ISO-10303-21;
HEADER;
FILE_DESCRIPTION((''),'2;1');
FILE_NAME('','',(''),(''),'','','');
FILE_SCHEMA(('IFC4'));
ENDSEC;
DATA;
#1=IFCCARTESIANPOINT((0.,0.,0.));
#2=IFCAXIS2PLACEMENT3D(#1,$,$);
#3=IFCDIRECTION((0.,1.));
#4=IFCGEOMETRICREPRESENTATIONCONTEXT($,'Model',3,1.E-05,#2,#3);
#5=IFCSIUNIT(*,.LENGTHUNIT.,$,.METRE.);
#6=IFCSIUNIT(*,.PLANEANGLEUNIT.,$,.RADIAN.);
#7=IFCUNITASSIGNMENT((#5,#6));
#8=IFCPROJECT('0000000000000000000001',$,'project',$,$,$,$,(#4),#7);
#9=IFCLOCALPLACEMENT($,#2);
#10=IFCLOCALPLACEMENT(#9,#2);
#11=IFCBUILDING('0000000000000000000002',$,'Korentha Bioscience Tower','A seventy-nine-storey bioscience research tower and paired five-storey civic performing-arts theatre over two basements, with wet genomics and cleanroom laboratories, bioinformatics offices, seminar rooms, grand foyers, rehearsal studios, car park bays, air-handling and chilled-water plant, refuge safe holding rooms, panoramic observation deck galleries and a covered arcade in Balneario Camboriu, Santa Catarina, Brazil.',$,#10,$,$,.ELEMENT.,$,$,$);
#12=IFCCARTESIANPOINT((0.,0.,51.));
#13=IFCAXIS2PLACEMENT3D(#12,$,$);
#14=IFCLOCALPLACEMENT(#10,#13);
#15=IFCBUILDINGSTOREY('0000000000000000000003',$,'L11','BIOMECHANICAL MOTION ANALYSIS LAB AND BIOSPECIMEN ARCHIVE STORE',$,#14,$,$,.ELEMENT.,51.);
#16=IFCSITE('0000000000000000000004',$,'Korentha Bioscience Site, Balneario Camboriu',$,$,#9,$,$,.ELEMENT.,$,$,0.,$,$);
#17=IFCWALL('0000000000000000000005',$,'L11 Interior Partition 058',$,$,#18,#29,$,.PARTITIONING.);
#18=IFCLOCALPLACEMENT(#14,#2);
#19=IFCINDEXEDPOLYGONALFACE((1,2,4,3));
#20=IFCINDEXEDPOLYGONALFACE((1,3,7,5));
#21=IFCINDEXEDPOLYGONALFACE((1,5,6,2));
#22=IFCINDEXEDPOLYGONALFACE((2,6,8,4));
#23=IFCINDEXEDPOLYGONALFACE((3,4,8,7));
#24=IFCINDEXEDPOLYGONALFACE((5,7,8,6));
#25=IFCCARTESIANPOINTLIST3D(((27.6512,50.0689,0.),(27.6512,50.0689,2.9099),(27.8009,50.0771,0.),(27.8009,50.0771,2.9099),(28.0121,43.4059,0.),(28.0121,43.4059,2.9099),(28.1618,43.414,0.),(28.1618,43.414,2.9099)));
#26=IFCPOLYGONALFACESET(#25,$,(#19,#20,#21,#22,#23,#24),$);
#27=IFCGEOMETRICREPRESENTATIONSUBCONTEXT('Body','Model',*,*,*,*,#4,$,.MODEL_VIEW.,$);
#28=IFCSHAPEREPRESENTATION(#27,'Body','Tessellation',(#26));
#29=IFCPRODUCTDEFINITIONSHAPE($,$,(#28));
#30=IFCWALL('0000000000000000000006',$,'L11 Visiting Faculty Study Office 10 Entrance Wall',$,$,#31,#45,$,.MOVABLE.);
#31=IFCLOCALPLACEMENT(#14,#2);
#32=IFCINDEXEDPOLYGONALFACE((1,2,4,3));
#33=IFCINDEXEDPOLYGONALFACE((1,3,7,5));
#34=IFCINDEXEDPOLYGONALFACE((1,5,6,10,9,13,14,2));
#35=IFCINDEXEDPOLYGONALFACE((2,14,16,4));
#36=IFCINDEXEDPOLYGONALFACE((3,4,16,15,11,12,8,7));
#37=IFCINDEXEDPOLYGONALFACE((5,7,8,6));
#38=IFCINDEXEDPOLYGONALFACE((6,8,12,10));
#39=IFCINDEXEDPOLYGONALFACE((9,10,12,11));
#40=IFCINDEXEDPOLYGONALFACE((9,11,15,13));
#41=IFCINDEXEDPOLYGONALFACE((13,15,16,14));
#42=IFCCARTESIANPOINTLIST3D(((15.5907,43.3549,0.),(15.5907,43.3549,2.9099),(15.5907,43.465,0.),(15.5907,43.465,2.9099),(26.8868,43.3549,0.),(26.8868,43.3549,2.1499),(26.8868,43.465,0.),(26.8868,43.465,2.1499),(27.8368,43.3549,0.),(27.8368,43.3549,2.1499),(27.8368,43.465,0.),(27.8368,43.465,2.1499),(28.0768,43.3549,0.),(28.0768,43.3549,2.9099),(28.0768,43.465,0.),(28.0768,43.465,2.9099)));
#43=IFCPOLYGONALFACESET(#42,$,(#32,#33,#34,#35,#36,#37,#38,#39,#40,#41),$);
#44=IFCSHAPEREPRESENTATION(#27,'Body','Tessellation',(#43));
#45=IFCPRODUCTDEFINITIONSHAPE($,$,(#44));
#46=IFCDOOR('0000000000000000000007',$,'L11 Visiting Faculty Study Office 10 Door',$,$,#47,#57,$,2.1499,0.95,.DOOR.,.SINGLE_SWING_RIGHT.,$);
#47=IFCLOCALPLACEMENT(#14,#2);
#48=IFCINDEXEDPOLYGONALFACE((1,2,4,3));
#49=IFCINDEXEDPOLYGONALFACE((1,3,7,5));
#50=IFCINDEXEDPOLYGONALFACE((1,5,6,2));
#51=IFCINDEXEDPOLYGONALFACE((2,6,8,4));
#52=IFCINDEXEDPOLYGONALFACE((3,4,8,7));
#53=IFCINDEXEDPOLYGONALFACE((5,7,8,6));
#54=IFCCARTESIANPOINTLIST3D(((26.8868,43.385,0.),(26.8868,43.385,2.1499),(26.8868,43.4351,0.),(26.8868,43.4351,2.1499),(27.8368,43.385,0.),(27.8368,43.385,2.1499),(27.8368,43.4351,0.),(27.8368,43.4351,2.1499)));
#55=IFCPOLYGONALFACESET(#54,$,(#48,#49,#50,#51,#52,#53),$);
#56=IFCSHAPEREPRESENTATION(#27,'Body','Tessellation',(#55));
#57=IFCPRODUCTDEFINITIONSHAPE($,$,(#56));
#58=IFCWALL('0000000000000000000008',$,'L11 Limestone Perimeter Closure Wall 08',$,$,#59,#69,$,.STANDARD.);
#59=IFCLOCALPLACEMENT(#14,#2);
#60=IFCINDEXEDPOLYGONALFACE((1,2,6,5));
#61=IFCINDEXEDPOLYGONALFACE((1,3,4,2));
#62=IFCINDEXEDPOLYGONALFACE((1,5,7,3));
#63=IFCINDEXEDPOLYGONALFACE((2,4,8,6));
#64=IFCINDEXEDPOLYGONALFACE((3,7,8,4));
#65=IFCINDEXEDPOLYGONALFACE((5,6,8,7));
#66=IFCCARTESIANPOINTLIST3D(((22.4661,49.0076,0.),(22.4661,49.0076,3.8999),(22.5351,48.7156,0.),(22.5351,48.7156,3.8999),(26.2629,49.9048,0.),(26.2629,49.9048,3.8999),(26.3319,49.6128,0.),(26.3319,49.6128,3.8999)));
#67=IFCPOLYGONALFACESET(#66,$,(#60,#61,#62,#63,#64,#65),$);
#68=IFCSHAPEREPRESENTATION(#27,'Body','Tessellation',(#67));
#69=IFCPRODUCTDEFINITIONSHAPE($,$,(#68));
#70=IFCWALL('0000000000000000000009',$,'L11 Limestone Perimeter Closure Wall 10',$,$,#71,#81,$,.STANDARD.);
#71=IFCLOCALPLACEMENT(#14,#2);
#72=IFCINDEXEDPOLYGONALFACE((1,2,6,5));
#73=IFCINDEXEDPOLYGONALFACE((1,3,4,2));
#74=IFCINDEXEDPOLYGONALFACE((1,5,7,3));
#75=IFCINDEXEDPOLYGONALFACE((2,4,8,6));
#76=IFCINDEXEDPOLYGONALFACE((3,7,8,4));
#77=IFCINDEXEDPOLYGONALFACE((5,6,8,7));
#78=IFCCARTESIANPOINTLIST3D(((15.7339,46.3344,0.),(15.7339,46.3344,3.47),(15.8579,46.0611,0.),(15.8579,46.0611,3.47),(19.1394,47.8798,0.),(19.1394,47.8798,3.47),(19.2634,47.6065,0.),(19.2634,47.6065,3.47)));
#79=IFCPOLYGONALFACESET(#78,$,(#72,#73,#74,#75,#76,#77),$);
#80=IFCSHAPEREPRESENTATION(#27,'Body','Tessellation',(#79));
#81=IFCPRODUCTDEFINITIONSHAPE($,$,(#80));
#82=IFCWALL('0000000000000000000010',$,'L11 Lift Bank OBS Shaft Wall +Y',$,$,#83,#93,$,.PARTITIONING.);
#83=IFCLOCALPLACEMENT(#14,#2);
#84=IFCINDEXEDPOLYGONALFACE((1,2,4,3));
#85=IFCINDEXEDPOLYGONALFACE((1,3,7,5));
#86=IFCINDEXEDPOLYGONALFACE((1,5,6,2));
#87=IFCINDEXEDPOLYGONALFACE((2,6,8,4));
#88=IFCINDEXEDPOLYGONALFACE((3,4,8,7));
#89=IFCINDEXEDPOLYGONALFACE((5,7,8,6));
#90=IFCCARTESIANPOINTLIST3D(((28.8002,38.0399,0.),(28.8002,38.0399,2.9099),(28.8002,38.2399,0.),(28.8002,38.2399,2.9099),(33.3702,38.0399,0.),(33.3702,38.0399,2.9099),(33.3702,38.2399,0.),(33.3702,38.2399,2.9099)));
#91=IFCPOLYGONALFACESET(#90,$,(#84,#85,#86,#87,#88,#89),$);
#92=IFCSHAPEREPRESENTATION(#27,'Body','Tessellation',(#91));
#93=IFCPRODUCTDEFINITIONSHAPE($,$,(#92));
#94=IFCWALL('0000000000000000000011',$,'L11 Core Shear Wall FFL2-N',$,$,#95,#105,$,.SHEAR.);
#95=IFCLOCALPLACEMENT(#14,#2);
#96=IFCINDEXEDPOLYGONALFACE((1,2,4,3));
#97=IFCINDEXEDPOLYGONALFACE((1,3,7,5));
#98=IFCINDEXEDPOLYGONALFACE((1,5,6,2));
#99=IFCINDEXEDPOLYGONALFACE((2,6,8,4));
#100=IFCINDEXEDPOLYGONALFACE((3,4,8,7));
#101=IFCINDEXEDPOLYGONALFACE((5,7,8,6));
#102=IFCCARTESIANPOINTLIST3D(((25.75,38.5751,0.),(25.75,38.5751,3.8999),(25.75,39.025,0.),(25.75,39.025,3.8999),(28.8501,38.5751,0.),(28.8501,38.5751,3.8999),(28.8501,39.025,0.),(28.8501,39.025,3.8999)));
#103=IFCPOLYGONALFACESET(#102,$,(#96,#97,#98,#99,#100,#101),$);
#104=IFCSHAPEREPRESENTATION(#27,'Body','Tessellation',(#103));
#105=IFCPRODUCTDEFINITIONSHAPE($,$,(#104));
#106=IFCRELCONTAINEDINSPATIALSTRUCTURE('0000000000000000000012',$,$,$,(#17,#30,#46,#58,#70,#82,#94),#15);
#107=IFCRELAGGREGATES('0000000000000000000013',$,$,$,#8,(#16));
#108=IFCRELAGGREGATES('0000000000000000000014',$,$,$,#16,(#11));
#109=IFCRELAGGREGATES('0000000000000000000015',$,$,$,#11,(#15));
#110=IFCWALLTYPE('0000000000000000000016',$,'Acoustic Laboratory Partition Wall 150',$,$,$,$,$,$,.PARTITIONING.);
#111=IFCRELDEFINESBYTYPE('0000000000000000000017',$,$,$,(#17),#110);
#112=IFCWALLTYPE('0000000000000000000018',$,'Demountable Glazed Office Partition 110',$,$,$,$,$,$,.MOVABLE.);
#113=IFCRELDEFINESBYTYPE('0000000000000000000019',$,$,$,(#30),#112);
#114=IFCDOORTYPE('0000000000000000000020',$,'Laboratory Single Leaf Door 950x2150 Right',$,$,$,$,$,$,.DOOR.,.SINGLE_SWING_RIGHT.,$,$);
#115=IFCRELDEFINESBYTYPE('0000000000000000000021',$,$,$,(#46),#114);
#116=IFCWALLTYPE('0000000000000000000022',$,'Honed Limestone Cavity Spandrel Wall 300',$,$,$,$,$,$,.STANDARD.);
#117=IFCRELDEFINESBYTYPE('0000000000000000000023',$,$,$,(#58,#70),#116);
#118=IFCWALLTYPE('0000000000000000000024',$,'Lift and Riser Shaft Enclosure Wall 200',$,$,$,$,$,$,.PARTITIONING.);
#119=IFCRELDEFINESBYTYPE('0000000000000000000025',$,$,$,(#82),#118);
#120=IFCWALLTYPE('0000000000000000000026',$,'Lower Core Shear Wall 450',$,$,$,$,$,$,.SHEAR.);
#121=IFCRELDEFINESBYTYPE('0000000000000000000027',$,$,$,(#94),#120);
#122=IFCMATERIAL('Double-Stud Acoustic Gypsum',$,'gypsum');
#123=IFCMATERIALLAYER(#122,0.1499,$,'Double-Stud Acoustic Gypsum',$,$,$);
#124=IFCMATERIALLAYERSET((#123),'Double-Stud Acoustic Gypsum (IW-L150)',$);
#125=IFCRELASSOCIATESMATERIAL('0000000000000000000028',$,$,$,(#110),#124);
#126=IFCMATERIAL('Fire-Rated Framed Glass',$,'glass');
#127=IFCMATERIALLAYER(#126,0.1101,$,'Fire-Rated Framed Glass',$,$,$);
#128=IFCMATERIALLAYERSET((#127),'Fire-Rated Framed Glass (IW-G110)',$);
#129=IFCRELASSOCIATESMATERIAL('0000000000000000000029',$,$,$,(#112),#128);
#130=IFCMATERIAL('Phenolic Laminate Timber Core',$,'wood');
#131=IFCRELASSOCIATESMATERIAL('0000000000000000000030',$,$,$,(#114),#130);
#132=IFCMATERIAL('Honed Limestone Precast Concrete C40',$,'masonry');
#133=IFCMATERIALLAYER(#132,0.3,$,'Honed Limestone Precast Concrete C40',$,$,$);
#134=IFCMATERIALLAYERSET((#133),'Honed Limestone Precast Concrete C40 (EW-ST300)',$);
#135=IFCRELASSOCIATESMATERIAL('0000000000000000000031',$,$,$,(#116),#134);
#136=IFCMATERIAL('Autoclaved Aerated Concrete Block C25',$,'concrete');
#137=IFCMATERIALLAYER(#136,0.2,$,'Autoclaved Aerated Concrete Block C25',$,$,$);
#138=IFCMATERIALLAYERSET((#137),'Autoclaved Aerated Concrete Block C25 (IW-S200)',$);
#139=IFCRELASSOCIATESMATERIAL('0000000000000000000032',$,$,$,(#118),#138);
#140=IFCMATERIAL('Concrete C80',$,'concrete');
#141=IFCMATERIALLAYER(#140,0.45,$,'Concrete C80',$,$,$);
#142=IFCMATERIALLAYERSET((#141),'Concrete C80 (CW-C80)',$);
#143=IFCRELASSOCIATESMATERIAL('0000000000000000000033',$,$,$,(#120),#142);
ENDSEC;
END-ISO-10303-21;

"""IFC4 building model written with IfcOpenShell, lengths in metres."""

from ifc_helpers import new_model, si_unit, direction, frame, frame_2d, origin, place, context, subcontext, project, spatial, rectangle, extrude, material, layer, layer_set, type_object, element, fill, save


model = new_model("IFC4")

# Units and contexts
model_context = context("Model", 3, precision=1e-05, world=origin(), true_north=direction((0.0, 1.0)))
body_context = subcontext(model_context, "Body", "Model", "MODEL_VIEW")
ifc_project = project(units=[si_unit("LENGTHUNIT", "METRE"), si_unit("PLANEANGLEUNIT", "RADIAN")], contexts=[model_context])

# Site, building, storey
site_placement = place(None, origin())
site = spatial("IfcSite", under=ifc_project, at=site_placement, Name="Korentha Bioscience Site, Balneario Camboriu", CompositionType="ELEMENT", RefElevation=0.0)
building_placement = place(site_placement, origin())
building = spatial("IfcBuilding", under=site, at=building_placement, Name="Korentha Bioscience Tower", Description="A seventy-nine-storey bioscience research tower and paired five-storey civic performing-arts theatre over two basements, with wet genomics and cleanroom laboratories, bioinformatics offices, seminar rooms, grand foyers, rehearsal studios, car park bays, air-handling and chilled-water plant, refuge safe holding rooms, panoramic observation deck galleries and a covered arcade in Balneario Camboriu, Santa Catarina, Brazil.", CompositionType="ELEMENT")
storey_placement = place(building_placement, frame((0.0, 0.0, 51.0)))
storey = spatial("IfcBuildingStorey", under=building, at=storey_placement, Name="L11", Description="BIOMECHANICAL MOTION ANALYSIS LAB AND BIOSPECIMEN ARCHIVE STORE", CompositionType="ELEMENT", Elevation=51.0)

# Shared definitions
ifc_material_1 = material(Name="Concrete C80", Category="concrete")

# Wall
ifc_material_2 = material(Name="Double-Stud Acoustic Gypsum", Category="gypsum")
ifc_layer_1 = layer(ifc_material_2, 0.1499, Name="Double-Stud Acoustic Gypsum")
ifc_layer_set_1 = layer_set([ifc_layer_1], Name="Double-Stud Acoustic Gypsum (IW-L150)")
wall_type_1 = type_object("IfcWallType", Name="Acoustic Laboratory Partition Wall 150", PredefinedType="PARTITIONING", material=ifc_layer_set_1)
wall_1_placement = place(storey_placement, frame((28.0869, 43.4099, 0.0), z_axis=(0.0, 0.0, 1.0), x_axis=(-0.054076, 0.998537, 0.0)))
element("IfcWall", 1, at=wall_1_placement, inside=storey, type_object=wall_type_1, Name="L11 Interior Partition 058", PredefinedType="PARTITIONING", context=body_context, shape_type="SweptSolid", body=[
    extrude(rectangle(XDim=6.6729, YDim=0.1499, at=frame_2d((3.3364, 0.0))), origin(), (0.0, 0.0, 1.0), 2.9099),
])

# Wall, opening, door
ifc_material_3 = material(Name="Fire-Rated Framed Glass", Category="glass")
ifc_layer_2 = layer(ifc_material_3, 0.1101, Name="Fire-Rated Framed Glass")
ifc_layer_set_2 = layer_set([ifc_layer_2], Name="Fire-Rated Framed Glass (IW-G110)")
wall_type_2 = type_object("IfcWallType", Name="Demountable Glazed Office Partition 110", PredefinedType="MOVABLE", material=ifc_layer_set_2)
wall_2_placement = place(storey_placement, frame((28.0769, 43.4099, 0.0), z_axis=(0.0, 0.0, 1.0), x_axis=(-1.0, 0.0, 0.0)))
wall_2 = element("IfcWall", 2, at=wall_2_placement, inside=storey, type_object=wall_type_2, Name="L11 Visiting Faculty Study Office 10 Entrance Wall", PredefinedType="MOVABLE", context=body_context, shape_type="SweptSolid", body=[
    extrude(rectangle(XDim=12.4861, YDim=0.1101, at=frame_2d((6.2432, 0.0))), origin(), (0.0, 0.0, 1.0), 2.9099),
])
opening_1_placement = place(wall_2_placement, frame((0.24, 0.0, 0.0)))
opening_1 = element("IfcOpeningElement", 3, at=opening_1_placement, cuts=wall_2, PredefinedType="OPENING", context=body_context, shape_type="SweptSolid", body=[
    extrude(rectangle(XDim=0.95, YDim=2.1499, at=frame_2d((0.4751, 1.075))), frame((0.0, 0.0698, 0.0), z_axis=(0.0, -1.0, 0.0), x_axis=(1.0, 0.0, 0.0)), (0.0, 0.0, 1.0), 0.1399),
])
ifc_material_4 = material(Name="Phenolic Laminate Timber Core", Category="wood")
door_type_1 = type_object("IfcDoorType", Name="Laboratory Single Leaf Door 950x2150 Right", OperationType="SINGLE_SWING_RIGHT", PredefinedType="DOOR", material=ifc_material_4)
door_1_placement = place(opening_1_placement, origin())
door_1 = element("IfcDoor", 4, at=door_1_placement, inside=storey, type_object=door_type_1, Name="L11 Visiting Faculty Study Office 10 Door", OperationType="SINGLE_SWING_RIGHT", OverallHeight=2.1499, OverallWidth=0.95, PredefinedType="DOOR", context=body_context, shape_type="SweptSolid", body=[
    extrude(rectangle(XDim=0.95, YDim=2.1499, at=frame_2d((0.4751, 1.075))), frame((0.0, 0.0249, 0.0), z_axis=(0.0, -1.0, 0.0), x_axis=(1.0, 0.0, 0.0)), (0.0, 0.0, 1.0), 0.05),
])
fill(opening_1, door_1)
ifc_material_5 = material(Name="Honed Limestone Precast Concrete C40", Category="masonry")
ifc_layer_3 = layer(ifc_material_5, 0.3, Name="Honed Limestone Precast Concrete C40")
ifc_layer_set_3 = layer_set([ifc_layer_3], Name="Honed Limestone Precast Concrete C40 (EW-ST300)")
wall_type_3 = type_object("IfcWallType", Name="Honed Limestone Cavity Spandrel Wall 300", PredefinedType="STANDARD", material=ifc_layer_set_3)

# Walls
wall_3_placement = place(storey_placement, frame((26.2974, 49.7588, 0.0), z_axis=(0.0, 0.0, 1.0), x_axis=(-0.973198, -0.22997, 0.0)))
element("IfcWall", 5, at=wall_3_placement, inside=storey, type_object=wall_type_3, Name="L11 Limestone Perimeter Closure Wall 08", PredefinedType="STANDARD", context=body_context, shape_type="SweptSolid", body=[
    extrude(rectangle(XDim=3.9014, YDim=0.3, at=frame_2d((1.9507, 0.0))), origin(), (0.0, 0.0, 1.0), 3.8999),
])
wall_4_placement = place(storey_placement, frame((19.2014, 47.7432, 0.0), z_axis=(0.0, 0.0, 1.0), x_axis=(-0.910623, -0.413237, 0.0)))
element("IfcWall", 6, at=wall_4_placement, inside=storey, type_object=wall_type_3, Name="L11 Limestone Perimeter Closure Wall 10", PredefinedType="STANDARD", context=body_context, shape_type="SweptSolid", body=[
    extrude(rectangle(XDim=3.7397, YDim=0.3, at=frame_2d((1.8699, 0.0))), origin(), (0.0, 0.0, 1.0), 3.47),
])
ifc_material_6 = material(Name="Autoclaved Aerated Concrete Block C25", Category="concrete")
ifc_layer_4 = layer(ifc_material_6, 0.2, Name="Autoclaved Aerated Concrete Block C25")
ifc_layer_set_4 = layer_set([ifc_layer_4], Name="Autoclaved Aerated Concrete Block C25 (IW-S200)")
wall_type_4 = type_object("IfcWallType", Name="Lift and Riser Shaft Enclosure Wall 200", PredefinedType="PARTITIONING", material=ifc_layer_set_4)
wall_5_placement = place(storey_placement, frame((28.8, 38.1399, 0.0), z_axis=(0.0, 0.0, 1.0), x_axis=(1.0, 0.0, 0.0)))
element("IfcWall", 7, at=wall_5_placement, inside=storey, type_object=wall_type_4, Name="L11 Lift Bank OBS Shaft Wall +Y", PredefinedType="PARTITIONING", context=body_context, shape_type="SweptSolid", body=[
    extrude(rectangle(XDim=4.5701, YDim=0.2, at=frame_2d((2.2852, 0.0))), origin(), (0.0, 0.0, 1.0), 2.9099),
])
ifc_layer_5 = layer(ifc_material_1, 0.45, Name="Concrete C80")
ifc_layer_set_5 = layer_set([ifc_layer_5], Name="Concrete C80 (CW-C80)")
wall_type_5 = type_object("IfcWallType", Name="Lower Core Shear Wall 450", PredefinedType="SHEAR", material=ifc_layer_set_5)
wall_6_placement = place(storey_placement, frame((25.75, 38.8, 0.0), z_axis=(0.0, 0.0, 1.0), x_axis=(1.0, 0.0, 0.0)))
element("IfcWall", 8, at=wall_6_placement, inside=storey, type_object=wall_type_5, Name="L11 Core Shear Wall FFL2-N", PredefinedType="SHEAR", context=body_context, shape_type="SweptSolid", body=[
    extrude(rectangle(XDim=3.1001, YDim=0.45, at=frame_2d((1.55, 0.0))), origin(), (0.0, 0.0, 1.0), 3.8999),
])

save(model, "model.ifc")
